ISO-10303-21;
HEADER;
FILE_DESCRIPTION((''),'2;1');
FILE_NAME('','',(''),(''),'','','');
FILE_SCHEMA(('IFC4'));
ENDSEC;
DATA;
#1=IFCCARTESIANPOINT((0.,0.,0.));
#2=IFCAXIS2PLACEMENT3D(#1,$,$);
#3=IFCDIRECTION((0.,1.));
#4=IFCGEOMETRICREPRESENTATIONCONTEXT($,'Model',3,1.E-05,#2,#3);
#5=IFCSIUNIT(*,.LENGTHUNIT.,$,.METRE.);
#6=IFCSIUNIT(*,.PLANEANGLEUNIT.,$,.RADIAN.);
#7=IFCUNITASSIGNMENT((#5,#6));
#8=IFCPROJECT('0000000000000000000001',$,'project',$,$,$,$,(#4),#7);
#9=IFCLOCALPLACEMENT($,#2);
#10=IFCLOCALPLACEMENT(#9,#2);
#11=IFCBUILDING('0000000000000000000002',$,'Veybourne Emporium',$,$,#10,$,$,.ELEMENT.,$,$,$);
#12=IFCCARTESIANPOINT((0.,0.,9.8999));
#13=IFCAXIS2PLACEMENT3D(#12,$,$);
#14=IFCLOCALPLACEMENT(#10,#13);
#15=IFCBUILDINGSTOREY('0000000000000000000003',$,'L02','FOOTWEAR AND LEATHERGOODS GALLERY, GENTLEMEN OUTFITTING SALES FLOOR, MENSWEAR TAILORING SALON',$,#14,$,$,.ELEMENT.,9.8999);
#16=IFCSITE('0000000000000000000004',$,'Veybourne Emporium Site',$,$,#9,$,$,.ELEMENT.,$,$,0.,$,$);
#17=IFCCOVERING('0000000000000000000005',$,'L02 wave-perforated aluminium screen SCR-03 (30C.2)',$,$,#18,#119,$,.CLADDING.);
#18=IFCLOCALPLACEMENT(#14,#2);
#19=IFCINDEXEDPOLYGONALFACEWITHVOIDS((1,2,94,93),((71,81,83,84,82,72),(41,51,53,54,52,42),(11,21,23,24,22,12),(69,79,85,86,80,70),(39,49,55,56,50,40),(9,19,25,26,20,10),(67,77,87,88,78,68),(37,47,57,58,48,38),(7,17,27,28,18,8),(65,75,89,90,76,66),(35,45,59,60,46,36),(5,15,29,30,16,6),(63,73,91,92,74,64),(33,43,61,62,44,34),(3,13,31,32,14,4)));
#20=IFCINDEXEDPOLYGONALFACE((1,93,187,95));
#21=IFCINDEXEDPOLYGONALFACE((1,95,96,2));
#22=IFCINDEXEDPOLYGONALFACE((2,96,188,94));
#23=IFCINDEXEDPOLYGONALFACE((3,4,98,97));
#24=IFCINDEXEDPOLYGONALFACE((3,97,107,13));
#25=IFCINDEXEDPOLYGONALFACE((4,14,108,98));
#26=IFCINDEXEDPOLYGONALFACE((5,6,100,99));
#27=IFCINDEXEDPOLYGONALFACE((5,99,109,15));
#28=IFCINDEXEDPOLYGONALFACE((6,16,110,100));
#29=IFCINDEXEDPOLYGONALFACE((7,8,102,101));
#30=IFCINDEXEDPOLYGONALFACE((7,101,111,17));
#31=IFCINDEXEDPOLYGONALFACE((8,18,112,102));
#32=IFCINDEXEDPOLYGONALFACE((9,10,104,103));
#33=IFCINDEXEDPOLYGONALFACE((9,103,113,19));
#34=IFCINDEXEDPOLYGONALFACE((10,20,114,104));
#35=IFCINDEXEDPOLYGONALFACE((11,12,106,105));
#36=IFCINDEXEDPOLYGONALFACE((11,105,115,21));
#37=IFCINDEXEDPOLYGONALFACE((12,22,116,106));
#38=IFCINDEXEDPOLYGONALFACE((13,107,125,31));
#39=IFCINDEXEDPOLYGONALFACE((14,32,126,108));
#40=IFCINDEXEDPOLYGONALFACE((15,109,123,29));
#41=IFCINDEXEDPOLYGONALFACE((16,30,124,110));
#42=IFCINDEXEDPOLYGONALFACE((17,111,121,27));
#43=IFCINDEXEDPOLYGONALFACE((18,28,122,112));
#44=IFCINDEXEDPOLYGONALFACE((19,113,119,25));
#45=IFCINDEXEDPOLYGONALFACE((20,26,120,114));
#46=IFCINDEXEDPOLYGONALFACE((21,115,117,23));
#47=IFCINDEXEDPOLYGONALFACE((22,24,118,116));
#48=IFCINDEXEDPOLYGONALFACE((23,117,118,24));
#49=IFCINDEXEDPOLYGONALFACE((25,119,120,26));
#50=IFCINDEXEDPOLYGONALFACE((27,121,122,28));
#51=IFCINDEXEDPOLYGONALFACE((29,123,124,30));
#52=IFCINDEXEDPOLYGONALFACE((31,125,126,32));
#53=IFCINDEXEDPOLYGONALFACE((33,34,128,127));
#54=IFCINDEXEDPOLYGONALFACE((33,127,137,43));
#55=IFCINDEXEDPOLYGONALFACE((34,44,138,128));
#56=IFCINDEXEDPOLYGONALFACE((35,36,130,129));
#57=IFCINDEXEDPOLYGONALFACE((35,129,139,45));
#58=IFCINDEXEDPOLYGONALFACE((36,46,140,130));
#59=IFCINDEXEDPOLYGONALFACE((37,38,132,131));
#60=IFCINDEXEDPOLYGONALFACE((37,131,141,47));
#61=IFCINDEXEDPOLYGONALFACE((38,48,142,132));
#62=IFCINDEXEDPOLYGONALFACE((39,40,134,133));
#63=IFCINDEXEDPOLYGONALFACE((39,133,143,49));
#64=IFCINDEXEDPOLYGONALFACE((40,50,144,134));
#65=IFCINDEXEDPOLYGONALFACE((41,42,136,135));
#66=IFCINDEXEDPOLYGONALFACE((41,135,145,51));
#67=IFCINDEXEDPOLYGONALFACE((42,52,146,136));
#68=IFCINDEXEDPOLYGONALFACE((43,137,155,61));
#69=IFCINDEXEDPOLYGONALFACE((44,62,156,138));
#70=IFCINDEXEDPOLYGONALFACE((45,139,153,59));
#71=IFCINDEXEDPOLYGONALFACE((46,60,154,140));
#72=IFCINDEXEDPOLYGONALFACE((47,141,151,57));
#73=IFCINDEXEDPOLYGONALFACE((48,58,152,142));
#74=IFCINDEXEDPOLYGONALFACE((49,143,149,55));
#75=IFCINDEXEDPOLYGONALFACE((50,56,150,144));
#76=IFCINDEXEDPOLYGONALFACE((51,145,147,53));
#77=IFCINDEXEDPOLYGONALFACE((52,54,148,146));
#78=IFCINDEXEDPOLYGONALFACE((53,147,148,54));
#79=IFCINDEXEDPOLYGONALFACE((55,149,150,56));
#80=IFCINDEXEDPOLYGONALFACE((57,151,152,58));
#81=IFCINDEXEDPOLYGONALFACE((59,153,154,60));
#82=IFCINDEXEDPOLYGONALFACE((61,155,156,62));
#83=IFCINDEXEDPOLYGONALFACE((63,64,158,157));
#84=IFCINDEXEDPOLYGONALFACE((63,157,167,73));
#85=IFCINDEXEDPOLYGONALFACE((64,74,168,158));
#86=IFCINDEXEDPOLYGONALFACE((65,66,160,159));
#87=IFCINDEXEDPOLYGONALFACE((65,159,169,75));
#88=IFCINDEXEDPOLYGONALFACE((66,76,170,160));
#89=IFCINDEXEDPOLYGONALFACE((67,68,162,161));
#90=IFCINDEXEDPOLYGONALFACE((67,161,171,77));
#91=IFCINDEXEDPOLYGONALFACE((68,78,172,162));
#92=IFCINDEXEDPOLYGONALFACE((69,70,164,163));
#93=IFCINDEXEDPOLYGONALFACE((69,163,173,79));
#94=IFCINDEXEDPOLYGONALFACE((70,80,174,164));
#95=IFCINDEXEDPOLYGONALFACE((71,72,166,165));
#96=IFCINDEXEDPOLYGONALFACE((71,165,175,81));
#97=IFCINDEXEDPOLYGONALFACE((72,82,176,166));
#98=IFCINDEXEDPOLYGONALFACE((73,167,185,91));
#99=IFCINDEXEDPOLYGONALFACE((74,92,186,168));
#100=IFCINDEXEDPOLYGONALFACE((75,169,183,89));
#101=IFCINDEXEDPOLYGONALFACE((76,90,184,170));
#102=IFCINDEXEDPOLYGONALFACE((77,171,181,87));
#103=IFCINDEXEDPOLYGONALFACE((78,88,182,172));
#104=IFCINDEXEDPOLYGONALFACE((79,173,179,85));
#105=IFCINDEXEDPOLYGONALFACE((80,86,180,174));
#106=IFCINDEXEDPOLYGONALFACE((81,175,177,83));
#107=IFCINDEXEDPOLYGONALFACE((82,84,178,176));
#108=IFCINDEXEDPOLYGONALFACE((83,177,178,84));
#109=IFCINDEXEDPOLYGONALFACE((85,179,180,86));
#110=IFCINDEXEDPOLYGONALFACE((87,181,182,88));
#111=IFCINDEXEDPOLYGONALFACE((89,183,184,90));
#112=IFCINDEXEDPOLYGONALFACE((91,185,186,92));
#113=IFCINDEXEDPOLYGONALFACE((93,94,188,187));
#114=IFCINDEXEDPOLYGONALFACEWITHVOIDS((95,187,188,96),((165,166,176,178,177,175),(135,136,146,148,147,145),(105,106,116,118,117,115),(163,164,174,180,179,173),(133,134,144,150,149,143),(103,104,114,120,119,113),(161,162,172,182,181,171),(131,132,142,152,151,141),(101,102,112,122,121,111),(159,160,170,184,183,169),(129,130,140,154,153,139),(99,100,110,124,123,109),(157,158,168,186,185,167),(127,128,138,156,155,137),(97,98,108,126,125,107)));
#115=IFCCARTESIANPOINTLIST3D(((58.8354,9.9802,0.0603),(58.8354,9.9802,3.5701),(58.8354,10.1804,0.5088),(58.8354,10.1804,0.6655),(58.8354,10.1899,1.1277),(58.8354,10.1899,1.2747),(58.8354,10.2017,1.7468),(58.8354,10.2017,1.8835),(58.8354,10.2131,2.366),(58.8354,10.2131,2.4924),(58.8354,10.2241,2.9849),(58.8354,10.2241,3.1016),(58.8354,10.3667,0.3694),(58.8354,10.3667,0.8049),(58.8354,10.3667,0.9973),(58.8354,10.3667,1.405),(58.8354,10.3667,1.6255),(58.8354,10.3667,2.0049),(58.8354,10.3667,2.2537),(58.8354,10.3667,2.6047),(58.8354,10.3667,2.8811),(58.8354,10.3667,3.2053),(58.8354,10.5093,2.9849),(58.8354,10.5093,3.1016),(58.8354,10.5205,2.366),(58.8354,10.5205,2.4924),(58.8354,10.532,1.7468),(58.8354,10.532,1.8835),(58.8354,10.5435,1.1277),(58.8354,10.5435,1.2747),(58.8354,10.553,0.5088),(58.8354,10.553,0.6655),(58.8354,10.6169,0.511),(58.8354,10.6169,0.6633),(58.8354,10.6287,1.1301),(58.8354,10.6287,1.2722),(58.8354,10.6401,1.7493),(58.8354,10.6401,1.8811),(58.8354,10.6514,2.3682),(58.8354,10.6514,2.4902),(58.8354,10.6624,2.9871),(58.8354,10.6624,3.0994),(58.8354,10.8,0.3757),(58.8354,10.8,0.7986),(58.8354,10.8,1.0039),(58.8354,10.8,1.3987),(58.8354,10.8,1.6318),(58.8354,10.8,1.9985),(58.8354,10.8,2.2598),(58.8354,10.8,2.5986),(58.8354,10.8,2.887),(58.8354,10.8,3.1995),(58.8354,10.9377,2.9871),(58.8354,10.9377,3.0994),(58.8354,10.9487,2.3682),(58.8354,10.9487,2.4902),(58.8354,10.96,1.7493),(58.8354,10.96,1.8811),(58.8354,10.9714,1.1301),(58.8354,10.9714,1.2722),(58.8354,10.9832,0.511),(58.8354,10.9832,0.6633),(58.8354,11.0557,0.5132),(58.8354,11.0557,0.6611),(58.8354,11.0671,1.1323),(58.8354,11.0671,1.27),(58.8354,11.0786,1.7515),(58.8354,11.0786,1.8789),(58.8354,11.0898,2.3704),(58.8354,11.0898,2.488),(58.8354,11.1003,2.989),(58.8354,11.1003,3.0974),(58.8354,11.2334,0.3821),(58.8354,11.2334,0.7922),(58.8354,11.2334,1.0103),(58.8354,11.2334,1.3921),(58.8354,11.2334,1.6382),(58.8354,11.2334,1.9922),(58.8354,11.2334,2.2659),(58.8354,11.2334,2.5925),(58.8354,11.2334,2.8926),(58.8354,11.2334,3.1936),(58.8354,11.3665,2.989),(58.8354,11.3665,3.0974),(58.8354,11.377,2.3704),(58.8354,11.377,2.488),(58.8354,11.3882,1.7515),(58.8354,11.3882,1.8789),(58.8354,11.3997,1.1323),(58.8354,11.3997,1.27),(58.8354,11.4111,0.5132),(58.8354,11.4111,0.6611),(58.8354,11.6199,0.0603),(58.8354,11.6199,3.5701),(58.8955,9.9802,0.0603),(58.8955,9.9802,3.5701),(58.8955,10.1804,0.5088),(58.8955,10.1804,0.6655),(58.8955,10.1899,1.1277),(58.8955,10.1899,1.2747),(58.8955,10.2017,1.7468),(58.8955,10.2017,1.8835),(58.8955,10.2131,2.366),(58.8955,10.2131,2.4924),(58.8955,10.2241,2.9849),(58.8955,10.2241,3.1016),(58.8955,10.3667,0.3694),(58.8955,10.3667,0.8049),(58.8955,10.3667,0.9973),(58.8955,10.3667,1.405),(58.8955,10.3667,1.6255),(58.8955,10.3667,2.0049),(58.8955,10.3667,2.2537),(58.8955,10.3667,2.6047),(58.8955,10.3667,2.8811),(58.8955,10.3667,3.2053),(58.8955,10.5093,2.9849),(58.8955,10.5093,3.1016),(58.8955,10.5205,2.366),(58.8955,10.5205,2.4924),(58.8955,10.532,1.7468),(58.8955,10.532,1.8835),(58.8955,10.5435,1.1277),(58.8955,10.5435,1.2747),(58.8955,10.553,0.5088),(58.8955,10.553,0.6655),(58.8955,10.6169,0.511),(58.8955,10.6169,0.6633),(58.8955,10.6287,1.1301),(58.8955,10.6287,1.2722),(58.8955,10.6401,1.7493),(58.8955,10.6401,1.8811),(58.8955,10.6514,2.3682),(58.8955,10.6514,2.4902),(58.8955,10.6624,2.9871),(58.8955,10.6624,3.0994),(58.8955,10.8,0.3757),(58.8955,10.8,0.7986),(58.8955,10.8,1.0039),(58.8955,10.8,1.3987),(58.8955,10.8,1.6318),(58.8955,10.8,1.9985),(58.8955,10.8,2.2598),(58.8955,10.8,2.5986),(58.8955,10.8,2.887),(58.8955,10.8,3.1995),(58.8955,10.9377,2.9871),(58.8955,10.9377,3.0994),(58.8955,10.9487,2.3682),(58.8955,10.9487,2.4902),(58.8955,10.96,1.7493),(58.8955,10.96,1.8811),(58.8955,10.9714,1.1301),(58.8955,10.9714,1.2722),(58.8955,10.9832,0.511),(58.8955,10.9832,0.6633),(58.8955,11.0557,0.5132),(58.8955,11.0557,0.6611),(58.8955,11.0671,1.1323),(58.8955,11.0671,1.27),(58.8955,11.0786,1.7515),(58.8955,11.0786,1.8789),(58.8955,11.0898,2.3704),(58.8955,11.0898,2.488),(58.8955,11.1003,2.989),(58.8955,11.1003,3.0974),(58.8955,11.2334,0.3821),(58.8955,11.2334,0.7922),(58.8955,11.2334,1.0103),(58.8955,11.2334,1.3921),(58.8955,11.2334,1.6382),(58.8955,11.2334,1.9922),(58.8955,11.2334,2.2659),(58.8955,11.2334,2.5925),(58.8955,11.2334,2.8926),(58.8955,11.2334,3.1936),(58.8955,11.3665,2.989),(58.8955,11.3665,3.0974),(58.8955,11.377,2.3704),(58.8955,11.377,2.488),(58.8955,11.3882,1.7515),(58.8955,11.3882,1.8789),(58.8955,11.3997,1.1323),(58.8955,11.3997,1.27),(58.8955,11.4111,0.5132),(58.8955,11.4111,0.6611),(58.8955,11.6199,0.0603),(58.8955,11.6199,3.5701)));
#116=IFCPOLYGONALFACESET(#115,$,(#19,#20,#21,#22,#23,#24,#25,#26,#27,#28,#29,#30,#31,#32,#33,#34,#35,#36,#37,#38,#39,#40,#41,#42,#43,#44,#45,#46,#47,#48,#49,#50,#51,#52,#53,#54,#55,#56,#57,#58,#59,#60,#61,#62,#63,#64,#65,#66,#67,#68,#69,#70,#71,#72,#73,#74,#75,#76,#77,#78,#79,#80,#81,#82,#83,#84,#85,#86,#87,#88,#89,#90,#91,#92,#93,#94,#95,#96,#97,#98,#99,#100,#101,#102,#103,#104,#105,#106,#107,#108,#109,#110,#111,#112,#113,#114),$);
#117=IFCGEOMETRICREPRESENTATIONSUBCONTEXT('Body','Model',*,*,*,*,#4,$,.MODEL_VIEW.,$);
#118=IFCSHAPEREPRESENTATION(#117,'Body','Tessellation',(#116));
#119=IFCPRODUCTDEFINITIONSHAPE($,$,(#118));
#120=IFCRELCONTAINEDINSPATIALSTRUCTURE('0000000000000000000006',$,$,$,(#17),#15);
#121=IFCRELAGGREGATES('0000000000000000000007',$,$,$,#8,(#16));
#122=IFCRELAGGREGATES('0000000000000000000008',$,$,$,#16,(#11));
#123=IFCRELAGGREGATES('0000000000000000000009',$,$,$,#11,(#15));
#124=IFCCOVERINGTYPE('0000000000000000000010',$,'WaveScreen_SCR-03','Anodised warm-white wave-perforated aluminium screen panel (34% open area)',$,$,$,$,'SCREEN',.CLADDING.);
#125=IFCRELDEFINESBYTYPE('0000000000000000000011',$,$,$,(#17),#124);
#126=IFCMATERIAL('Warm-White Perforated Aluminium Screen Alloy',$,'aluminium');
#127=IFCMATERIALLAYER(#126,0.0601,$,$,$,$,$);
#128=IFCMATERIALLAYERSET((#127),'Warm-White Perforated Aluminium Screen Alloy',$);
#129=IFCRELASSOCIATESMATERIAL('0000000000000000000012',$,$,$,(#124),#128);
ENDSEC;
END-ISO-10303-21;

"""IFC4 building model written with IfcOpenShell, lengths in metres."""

from ifc_helpers import new_model, si_unit, direction, frame, origin, place, context, subcontext, project, spatial, polyline, outline, extrude, material, layer, layer_set, type_object, element, save


model = new_model("IFC4")

# Units and contexts
model_context = context("Model", 3, precision=1e-05, world=origin(), true_north=direction((0.0, 1.0)))
body_context = subcontext(model_context, "Body", "Model", "MODEL_VIEW")
ifc_project = project(units=[si_unit("LENGTHUNIT", "METRE"), si_unit("PLANEANGLEUNIT", "RADIAN")], contexts=[model_context])

# Site, building, storey
site_placement = place(None, origin())
site = spatial("IfcSite", under=ifc_project, at=site_placement, Name="Veybourne Emporium Site", CompositionType="ELEMENT", RefElevation=0.0)
building_placement = place(site_placement, origin())
building = spatial("IfcBuilding", under=site, at=building_placement, Name="Veybourne Emporium", CompositionType="ELEMENT")
storey_placement = place(building_placement, frame((0.0, 0.0, 9.8999)))
storey = spatial("IfcBuildingStorey", under=building, at=storey_placement, Name="L02", Description="FOOTWEAR AND LEATHERGOODS GALLERY, GENTLEMEN OUTFITTING SALES FLOOR, MENSWEAR TAILORING SALON", CompositionType="ELEMENT", Elevation=9.8999)

# Covering
ifc_material_1 = material(Name="Warm-White Perforated Aluminium Screen Alloy", Category="aluminium")
ifc_layer_1 = layer(ifc_material_1, 0.0601)
ifc_layer_set_1 = layer_set([ifc_layer_1], Name="Warm-White Perforated Aluminium Screen Alloy")
covering_type_1 = type_object("IfcCoveringType", Name="WaveScreen_SCR-03", Description="Anodised warm-white wave-perforated aluminium screen panel (34% open area)", ElementType="SCREEN", PredefinedType="CLADDING", material=ifc_layer_set_1)
covering_1_placement = place(storey_placement, frame((58.8955, 10.8, 1.8152), z_axis=(-1.0, 0.0, 0.0), x_axis=(0.0, -1.0, 0.0)))
element("IfcCovering", 1, at=covering_1_placement, inside=storey, type_object=covering_type_1, Name="L02 wave-perforated aluminium screen SCR-03 (30C.2)", PredefinedType="CLADDING", context=body_context, shape_type="SweptSolid", body=[
    extrude(outline(polyline([(-0.8198, -1.7549), (0.8198, -1.7549), (0.8198, 1.7549), (-0.8198, 1.7549), (-0.8198, -1.7549)]), holes=[polyline([(-0.4333, -1.0229), (-0.2556, -1.1541), (-0.2556, -1.302), (-0.4333, -1.4331), (-0.6111, -1.302), (-0.6111, -1.1541), (-0.4333, -1.0229)]), polyline([(-0.4333, -0.4231), (-0.2671, -0.5452), (-0.2671, -0.6829), (-0.4333, -0.8049), (-0.5996, -0.6829), (-0.5996, -0.5452), (-0.4333, -0.4231)]), polyline([(-0.4333, 0.177), (-0.2786, 0.0637), (-0.2786, -0.0637), (-0.4333, -0.177), (-0.5881, -0.0637), (-0.5881, 0.0637), (-0.4333, 0.177)]), polyline([(-0.4333, 0.7773), (-0.2898, 0.6729), (-0.2898, 0.5552), (-0.4333, 0.4507), (-0.5769, 0.5552), (-0.5769, 0.6729), (-0.4333, 0.7773)]), polyline([(-0.4333, 1.3784), (-0.3003, 1.2822), (-0.3003, 1.1738), (-0.4333, 1.0774), (-0.5664, 1.1738), (-0.5664, 1.2822), (-0.4333, 1.3784)]), polyline([(0.0, -1.0166), (0.1831, -1.1519), (0.1831, -1.3042), (0.0, -1.4395), (-0.1831, -1.3042), (-0.1831, -1.1519), (0.0, -1.0166)]), polyline([(0.0, -0.4165), (0.1714, -0.543), (0.1714, -0.6851), (0.0, -0.8113), (-0.1714, -0.6851), (-0.1714, -0.543), (0.0, -0.4165)]), polyline([(0.0, 0.1833), (0.1599, 0.0659), (0.1599, -0.0659), (0.0, -0.1833), (-0.1599, -0.0659), (-0.1599, 0.0659), (0.0, 0.1833)]), polyline([(0.0, 0.7834), (0.1487, 0.675), (0.1487, 0.553), (0.0, 0.4446), (-0.1487, 0.553), (-0.1487, 0.675), (0.0, 0.7834)]), polyline([(0.0, 1.3843), (0.1377, 1.2842), (0.1377, 1.1719), (0.0, 1.0718), (-0.1377, 1.1719), (-0.1377, 1.2842), (0.0, 1.3843)]), polyline([(0.4333, -1.0103), (0.6196, -1.1497), (0.6196, -1.3064), (0.4333, -1.4458), (0.2471, -1.3064), (0.2471, -1.1497), (0.4333, -1.0103)]), polyline([(0.4333, -0.4102), (0.6101, -0.5405), (0.6101, -0.6875), (0.4333, -0.8179), (0.2566, -0.6875), (0.2566, -0.5405), (0.4333, -0.4102)]), polyline([(0.4333, 0.1897), (0.5984, 0.0684), (0.5984, -0.0684), (0.4333, -0.1897), (0.2681, -0.0684), (0.2681, 0.0684), (0.4333, 0.1897)]), polyline([(0.4333, 0.7896), (0.5869, 0.6772), (0.5869, 0.5508), (0.4333, 0.4385), (0.2795, 0.5508), (0.2795, 0.6772), (0.4333, 0.7896)]), polyline([(0.4333, 1.3901), (0.5759, 1.2864), (0.5759, 1.1697), (0.4333, 1.0659), (0.2908, 1.1697), (0.2908, 1.2864), (0.4333, 1.3901)])]), origin(), (0.0, 0.0, 1.0), 0.0601),
])

save(model, "model.ifc")
